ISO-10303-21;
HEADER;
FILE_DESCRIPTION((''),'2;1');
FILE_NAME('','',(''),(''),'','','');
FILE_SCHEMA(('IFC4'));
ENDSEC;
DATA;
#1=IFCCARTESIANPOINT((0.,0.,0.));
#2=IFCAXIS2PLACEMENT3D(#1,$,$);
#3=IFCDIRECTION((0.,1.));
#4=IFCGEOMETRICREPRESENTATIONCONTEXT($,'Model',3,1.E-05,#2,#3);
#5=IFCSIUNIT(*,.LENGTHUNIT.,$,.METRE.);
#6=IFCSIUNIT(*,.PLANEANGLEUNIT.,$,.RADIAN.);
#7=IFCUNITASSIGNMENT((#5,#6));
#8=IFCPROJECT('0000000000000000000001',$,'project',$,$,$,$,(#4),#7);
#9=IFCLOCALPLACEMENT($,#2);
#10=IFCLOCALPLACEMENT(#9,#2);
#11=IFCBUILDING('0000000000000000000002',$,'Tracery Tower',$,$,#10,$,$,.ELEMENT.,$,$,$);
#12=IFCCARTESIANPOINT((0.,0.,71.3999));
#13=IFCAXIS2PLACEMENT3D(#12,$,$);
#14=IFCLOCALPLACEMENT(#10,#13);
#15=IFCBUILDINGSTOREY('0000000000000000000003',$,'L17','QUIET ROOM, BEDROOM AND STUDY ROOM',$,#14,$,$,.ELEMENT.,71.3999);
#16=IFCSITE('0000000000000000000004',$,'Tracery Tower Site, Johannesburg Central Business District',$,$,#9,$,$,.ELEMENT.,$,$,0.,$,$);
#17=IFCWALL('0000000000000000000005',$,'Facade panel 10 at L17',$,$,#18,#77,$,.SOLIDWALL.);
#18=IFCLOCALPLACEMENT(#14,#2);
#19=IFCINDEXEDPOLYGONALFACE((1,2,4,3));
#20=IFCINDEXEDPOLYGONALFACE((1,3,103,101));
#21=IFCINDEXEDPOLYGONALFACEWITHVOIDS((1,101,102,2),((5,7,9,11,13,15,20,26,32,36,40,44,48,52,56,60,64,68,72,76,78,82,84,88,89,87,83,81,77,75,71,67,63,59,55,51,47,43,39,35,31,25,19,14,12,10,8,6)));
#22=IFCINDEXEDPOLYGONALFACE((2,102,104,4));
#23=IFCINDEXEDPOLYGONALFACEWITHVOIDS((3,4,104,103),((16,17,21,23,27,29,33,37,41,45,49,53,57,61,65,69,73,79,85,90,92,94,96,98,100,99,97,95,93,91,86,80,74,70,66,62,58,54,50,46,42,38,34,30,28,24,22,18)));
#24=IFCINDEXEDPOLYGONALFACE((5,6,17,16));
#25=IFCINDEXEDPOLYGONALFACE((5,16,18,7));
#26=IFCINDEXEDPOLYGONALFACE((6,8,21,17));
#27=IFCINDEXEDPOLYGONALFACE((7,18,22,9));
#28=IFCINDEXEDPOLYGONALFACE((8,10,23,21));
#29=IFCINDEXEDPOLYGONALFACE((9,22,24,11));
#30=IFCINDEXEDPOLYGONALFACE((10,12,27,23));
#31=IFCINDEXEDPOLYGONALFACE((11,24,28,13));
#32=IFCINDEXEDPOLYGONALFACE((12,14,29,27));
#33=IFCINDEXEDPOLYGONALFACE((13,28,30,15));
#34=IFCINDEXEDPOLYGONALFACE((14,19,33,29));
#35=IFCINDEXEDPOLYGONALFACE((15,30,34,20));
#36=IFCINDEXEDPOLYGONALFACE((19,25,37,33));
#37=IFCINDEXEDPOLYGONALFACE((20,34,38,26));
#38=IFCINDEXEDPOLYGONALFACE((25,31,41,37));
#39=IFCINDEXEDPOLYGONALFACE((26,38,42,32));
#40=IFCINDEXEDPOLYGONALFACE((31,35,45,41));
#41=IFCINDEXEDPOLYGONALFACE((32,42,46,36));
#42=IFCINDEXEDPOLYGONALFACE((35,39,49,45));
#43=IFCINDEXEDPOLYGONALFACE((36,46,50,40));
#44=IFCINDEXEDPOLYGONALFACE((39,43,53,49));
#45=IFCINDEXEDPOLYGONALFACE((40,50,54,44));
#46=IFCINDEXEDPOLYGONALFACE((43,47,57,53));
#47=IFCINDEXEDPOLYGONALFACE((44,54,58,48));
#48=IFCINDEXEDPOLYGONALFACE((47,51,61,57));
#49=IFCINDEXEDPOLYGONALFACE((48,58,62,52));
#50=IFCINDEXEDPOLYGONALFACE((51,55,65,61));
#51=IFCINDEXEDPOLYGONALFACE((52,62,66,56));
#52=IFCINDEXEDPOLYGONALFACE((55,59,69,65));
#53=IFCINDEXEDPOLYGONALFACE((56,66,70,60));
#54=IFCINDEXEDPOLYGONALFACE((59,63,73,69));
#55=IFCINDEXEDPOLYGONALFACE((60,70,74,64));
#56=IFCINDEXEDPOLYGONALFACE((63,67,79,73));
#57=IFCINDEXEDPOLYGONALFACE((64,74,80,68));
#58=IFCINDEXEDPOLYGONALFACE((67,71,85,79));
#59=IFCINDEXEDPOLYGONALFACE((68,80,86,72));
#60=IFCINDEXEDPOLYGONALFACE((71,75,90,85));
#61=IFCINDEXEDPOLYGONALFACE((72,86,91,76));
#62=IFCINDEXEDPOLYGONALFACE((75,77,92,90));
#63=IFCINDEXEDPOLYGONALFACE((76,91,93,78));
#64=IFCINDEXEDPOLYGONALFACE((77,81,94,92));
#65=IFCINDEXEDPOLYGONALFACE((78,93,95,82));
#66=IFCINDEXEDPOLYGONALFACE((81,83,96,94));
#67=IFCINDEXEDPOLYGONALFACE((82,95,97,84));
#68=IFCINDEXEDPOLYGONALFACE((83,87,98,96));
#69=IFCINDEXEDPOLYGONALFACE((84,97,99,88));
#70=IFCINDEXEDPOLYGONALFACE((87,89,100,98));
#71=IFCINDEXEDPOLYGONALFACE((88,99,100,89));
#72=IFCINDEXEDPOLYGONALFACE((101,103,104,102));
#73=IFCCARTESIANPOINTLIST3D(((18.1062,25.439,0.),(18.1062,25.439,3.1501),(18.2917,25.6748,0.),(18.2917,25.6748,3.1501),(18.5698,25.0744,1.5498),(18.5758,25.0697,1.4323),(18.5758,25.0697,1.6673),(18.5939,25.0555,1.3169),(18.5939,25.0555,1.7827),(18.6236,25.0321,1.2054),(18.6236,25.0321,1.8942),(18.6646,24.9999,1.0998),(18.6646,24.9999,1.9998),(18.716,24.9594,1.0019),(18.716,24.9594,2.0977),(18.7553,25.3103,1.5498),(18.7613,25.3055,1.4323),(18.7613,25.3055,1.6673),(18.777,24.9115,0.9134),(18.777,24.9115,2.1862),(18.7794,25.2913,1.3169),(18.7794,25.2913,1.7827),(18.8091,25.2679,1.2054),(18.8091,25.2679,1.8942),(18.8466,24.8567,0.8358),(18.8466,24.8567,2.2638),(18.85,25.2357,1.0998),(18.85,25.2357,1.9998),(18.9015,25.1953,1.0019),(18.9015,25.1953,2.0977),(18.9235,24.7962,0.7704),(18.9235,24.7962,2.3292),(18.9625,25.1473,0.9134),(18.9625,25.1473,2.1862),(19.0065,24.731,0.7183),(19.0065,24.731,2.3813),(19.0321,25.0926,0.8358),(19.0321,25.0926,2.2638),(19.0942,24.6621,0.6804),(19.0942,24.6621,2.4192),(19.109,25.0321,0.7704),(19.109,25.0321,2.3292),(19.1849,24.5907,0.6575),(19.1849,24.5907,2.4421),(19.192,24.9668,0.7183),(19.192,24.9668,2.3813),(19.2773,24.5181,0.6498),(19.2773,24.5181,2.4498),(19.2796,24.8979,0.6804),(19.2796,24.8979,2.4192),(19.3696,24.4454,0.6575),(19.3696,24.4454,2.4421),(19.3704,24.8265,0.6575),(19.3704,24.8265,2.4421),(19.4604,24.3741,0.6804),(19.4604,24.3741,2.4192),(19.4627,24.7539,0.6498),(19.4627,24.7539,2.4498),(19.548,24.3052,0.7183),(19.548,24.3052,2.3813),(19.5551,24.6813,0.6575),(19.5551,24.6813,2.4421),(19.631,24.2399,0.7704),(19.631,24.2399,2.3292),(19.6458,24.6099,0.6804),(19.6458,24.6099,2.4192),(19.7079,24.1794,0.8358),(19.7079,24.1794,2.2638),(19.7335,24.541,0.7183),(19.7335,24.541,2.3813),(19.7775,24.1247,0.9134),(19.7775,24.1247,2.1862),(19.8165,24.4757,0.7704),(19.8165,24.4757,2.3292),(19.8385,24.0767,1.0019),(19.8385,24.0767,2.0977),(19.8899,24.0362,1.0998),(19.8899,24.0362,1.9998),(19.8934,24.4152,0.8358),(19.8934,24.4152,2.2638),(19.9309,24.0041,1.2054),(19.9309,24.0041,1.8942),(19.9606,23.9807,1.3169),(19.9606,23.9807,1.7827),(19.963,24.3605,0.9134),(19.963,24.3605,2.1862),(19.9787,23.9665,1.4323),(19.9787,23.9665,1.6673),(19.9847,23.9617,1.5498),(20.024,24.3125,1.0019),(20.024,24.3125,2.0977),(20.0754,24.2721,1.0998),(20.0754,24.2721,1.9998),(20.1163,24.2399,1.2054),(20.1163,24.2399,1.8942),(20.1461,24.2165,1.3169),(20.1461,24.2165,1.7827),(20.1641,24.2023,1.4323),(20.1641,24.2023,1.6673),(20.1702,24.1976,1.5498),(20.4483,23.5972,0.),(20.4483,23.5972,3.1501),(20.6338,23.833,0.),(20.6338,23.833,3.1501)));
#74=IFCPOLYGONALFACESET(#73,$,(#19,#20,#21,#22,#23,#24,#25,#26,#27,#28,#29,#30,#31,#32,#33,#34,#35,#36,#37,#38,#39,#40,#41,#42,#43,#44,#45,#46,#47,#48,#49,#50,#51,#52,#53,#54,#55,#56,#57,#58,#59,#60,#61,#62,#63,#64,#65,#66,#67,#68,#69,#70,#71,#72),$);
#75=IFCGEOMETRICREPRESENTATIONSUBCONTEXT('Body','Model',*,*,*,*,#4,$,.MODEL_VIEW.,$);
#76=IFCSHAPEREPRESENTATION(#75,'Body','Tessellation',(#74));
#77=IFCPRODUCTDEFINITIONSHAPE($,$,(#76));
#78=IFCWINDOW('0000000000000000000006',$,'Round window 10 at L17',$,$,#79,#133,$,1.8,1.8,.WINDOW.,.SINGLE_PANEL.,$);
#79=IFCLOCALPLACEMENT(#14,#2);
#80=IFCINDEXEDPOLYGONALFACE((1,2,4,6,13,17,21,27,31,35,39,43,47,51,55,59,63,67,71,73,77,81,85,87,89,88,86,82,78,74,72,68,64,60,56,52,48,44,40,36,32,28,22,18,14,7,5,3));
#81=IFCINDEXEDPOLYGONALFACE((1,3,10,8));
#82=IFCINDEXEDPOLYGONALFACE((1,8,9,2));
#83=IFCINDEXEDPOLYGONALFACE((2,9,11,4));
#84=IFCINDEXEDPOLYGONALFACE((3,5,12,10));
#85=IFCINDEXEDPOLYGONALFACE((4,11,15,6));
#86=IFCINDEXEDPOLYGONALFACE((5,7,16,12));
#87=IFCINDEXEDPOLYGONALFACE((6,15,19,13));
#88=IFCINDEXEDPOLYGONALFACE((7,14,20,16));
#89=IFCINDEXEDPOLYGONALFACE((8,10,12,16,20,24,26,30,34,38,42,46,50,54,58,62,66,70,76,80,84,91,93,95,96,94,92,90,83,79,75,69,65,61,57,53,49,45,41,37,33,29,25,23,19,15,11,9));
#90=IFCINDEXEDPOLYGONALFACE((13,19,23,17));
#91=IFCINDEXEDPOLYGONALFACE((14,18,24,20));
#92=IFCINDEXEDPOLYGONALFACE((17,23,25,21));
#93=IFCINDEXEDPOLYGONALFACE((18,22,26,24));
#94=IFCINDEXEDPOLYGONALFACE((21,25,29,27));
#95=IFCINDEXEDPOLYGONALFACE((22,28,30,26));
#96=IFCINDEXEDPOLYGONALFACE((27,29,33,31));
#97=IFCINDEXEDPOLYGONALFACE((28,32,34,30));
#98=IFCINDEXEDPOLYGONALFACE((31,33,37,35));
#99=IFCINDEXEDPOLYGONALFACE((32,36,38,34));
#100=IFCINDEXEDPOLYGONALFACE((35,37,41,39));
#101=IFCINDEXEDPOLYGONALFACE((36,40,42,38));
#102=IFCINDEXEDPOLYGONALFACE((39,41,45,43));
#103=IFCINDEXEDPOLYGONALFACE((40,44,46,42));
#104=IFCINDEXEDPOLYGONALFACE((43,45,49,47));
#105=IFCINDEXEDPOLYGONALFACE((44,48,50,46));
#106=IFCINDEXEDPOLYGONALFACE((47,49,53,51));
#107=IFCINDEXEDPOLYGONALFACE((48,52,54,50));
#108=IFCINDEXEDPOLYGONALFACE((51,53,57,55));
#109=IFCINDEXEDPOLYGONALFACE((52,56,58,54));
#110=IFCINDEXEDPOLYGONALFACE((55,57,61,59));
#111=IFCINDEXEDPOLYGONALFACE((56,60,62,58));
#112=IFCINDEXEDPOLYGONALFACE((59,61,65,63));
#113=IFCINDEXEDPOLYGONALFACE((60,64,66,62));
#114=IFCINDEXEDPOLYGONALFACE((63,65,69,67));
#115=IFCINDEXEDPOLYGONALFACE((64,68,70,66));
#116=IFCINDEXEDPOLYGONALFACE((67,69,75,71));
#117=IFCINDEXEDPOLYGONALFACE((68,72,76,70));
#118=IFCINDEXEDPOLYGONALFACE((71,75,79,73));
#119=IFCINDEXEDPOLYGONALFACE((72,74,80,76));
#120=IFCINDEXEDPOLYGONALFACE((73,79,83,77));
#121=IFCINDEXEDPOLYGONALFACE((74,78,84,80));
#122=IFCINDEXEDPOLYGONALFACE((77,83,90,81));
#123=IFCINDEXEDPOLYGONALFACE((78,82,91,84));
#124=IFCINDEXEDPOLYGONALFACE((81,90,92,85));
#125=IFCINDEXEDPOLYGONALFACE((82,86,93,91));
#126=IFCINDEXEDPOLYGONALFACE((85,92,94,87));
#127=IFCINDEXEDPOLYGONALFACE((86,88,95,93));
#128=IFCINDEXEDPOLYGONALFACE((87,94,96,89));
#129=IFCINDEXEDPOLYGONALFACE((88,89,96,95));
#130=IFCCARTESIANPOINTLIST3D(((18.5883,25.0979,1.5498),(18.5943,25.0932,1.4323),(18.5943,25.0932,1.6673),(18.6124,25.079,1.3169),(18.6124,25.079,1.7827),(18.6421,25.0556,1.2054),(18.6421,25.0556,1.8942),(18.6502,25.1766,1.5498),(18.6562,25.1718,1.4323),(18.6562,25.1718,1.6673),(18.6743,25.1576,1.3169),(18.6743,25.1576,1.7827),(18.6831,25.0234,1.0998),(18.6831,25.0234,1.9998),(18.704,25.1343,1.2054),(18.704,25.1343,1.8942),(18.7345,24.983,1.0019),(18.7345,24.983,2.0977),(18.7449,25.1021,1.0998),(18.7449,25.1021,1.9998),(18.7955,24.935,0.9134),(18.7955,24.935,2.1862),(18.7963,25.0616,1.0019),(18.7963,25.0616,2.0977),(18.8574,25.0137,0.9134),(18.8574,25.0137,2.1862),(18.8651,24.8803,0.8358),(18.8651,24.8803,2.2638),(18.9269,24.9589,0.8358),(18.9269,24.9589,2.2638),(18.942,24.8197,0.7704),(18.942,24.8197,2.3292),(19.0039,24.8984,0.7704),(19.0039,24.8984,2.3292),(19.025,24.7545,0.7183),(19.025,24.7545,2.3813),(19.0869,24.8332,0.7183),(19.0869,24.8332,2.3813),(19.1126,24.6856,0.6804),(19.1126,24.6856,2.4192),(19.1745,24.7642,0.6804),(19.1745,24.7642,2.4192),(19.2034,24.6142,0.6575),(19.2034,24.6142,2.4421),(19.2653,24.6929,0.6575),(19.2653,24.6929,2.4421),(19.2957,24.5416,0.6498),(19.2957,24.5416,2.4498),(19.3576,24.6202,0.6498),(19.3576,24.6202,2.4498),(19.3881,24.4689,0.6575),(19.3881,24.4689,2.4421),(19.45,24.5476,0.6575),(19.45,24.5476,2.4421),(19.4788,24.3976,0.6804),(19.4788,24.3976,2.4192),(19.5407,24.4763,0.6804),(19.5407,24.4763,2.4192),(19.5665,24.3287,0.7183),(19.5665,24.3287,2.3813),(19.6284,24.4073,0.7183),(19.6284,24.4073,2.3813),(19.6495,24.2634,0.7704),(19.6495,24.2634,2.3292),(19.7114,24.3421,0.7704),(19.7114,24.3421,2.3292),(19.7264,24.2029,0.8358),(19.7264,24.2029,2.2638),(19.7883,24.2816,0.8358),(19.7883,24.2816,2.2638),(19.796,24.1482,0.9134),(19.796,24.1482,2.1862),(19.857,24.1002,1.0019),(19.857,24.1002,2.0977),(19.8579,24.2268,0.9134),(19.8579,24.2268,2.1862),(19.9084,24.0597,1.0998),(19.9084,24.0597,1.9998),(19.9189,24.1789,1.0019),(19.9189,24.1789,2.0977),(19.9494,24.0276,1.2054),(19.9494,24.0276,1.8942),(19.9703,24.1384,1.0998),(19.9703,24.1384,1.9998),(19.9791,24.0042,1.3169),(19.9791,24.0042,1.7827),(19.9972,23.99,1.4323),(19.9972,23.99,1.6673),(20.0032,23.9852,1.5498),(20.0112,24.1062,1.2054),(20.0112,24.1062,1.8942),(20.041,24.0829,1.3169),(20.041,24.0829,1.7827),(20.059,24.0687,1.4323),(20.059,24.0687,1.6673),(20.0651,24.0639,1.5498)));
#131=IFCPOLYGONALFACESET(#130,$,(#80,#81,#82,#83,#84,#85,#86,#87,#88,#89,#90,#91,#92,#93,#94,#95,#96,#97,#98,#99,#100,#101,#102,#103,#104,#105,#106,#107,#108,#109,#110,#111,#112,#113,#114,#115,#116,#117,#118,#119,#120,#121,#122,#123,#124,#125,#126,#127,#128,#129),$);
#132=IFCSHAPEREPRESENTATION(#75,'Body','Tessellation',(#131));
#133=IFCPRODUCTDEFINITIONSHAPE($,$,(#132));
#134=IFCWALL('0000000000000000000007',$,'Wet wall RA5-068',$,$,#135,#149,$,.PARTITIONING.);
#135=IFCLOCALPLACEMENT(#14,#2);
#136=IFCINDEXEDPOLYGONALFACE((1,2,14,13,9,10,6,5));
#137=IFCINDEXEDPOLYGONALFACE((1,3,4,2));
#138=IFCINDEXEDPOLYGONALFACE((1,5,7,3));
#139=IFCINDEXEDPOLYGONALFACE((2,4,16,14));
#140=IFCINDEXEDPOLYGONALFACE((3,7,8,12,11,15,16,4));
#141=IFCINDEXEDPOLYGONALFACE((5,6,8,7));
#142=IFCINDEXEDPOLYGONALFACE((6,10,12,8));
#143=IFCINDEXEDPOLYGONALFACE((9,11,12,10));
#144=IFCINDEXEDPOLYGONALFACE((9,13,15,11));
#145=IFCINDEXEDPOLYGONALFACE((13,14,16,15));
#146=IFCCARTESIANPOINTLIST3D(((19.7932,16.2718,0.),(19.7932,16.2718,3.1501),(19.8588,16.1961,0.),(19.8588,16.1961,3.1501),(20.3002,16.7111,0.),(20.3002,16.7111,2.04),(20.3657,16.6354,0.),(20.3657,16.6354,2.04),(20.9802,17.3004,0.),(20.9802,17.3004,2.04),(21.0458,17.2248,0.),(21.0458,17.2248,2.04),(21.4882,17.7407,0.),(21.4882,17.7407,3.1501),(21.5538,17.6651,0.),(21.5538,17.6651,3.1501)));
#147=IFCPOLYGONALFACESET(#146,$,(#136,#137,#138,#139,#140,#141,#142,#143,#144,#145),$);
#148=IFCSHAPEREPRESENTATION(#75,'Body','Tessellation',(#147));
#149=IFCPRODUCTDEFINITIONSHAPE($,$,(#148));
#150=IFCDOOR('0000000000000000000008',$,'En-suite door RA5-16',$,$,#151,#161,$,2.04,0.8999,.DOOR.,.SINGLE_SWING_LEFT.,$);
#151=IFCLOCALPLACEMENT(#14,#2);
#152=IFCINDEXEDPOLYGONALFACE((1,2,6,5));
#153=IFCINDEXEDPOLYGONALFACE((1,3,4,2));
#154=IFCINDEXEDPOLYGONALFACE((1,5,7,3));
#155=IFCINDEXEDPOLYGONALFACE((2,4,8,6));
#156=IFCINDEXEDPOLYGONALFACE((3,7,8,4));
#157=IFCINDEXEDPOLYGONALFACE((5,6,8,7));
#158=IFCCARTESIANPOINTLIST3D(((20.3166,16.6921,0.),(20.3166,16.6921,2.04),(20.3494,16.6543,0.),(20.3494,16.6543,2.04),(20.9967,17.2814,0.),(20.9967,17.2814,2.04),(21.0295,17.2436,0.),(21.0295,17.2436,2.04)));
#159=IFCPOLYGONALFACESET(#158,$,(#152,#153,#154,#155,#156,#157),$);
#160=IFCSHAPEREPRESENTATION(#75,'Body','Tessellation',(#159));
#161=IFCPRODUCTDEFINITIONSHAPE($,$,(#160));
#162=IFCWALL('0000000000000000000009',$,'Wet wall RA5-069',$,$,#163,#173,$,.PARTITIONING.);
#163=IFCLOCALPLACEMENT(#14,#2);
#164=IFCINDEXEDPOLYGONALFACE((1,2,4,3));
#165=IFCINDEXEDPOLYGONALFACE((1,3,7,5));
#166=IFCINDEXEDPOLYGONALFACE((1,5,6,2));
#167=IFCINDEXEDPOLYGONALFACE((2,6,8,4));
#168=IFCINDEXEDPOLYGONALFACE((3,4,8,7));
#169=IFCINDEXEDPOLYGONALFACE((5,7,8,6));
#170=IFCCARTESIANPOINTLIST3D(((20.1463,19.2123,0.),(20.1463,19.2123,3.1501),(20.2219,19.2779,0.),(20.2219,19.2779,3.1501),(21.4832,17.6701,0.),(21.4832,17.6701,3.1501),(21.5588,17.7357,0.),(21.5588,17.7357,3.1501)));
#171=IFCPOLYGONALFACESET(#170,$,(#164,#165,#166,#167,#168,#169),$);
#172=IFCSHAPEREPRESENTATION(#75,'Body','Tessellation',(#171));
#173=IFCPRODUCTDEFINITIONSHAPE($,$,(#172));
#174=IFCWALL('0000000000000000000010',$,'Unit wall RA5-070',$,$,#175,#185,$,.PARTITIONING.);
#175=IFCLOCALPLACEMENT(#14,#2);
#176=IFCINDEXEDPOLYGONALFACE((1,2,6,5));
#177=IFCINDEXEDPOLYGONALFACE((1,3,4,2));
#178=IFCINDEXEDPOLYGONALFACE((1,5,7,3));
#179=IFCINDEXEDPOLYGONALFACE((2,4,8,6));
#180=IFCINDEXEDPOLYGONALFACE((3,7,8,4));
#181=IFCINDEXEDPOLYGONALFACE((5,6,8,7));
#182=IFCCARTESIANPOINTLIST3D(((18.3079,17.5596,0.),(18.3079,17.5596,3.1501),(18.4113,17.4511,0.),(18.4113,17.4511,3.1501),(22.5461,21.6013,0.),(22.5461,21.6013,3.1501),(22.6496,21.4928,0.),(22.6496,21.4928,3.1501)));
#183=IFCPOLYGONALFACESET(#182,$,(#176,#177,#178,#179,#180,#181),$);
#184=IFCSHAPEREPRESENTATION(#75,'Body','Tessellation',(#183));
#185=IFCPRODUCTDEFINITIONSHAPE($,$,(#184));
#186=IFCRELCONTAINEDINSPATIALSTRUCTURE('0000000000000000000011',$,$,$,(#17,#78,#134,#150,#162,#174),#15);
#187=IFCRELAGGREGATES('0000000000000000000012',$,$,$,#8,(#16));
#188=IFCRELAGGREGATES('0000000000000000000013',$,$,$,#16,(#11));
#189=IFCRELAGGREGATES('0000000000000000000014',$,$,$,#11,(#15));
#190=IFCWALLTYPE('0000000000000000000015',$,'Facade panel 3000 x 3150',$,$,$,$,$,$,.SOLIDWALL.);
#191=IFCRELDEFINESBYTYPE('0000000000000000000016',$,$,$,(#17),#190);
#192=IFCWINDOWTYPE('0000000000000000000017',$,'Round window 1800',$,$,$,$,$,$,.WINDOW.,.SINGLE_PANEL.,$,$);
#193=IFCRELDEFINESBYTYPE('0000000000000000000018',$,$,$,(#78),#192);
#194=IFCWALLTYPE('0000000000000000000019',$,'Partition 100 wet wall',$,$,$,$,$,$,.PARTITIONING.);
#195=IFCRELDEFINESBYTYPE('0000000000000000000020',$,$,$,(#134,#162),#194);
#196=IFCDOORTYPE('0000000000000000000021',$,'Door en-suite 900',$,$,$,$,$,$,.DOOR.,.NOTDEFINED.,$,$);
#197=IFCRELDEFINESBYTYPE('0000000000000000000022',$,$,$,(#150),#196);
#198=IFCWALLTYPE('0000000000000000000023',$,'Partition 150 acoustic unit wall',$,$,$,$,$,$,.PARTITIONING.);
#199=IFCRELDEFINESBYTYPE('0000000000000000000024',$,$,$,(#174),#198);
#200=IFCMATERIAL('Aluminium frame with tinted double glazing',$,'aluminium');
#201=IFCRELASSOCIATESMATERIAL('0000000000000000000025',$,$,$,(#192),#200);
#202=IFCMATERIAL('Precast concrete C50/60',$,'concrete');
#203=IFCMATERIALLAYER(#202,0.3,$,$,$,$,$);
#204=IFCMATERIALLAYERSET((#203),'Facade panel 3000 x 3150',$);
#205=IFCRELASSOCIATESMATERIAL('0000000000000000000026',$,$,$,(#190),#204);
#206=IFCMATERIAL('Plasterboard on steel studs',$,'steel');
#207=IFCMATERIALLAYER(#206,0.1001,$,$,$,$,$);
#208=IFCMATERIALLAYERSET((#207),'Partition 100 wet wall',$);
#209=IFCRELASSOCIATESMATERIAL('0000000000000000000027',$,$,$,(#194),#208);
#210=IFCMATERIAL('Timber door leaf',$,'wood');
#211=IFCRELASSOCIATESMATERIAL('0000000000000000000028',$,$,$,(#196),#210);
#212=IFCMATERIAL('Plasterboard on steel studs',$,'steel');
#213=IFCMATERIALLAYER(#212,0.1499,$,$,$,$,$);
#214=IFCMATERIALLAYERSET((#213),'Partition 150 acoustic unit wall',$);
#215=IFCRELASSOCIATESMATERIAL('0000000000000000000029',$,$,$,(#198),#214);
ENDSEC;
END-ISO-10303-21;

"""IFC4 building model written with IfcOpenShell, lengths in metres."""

from ifc_helpers import new_model, si_unit, direction, frame, frame_2d, origin, origin_2d, place, context, subcontext, project, spatial, rectangle, circle, extrude, material, layer, layer_set, type_object, element, fill, save


model = new_model("IFC4")

# Units and contexts
model_context = context("Model", 3, precision=1e-05, world=origin(), true_north=direction((0.0, 1.0)))
body_context = subcontext(model_context, "Body", "Model", "MODEL_VIEW")
ifc_project = project(units=[si_unit("LENGTHUNIT", "METRE"), si_unit("PLANEANGLEUNIT", "RADIAN")], contexts=[model_context])

# Site, building, storey
site_placement = place(None, origin())
site = spatial("IfcSite", under=ifc_project, at=site_placement, Name="Tracery Tower Site, Johannesburg Central Business District", CompositionType="ELEMENT", RefElevation=0.0)
building_placement = place(site_placement, origin())
building = spatial("IfcBuilding", under=site, at=building_placement, Name="Tracery Tower", CompositionType="ELEMENT")
storey_placement = place(building_placement, frame((0.0, 0.0, 71.3999)))
storey = spatial("IfcBuildingStorey", under=building, at=storey_placement, Name="L17", Description="QUIET ROOM, BEDROOM AND STUDY ROOM", CompositionType="ELEMENT", Elevation=71.3999)

# Wall, opening, window
ifc_material_1 = material(Name="Aluminium frame with tinted double glazing", Category="aluminium")
window_type = type_object("IfcWindowType", Name="Round window 1800", PartitioningType="SINGLE_PANEL", PredefinedType="WINDOW", material=ifc_material_1)
ifc_material_2 = material(Name="Precast concrete C50/60", Category="concrete")
ifc_layer_1 = layer(ifc_material_2, 0.3)
ifc_layer_set_1 = layer_set([ifc_layer_1], Name="Facade panel 3000 x 3150")
wall_type_1 = type_object("IfcWallType", Name="Facade panel 3000 x 3150", PredefinedType="SOLIDWALL", material=ifc_layer_set_1)
wall_1_placement = place(storey_placement, frame((20.541, 23.7151, 0.0), z_axis=(0.0, 0.0, 1.0), x_axis=(-0.786054, 0.618158, 0.0)))
wall_1 = element("IfcWall", 1, at=wall_1_placement, inside=storey, type_object=wall_type_1, Name="Facade panel 10 at L17", PredefinedType="SOLIDWALL", context=body_context, shape_type="SweptSolid", body=[
    extrude(rectangle(XDim=2.9795, YDim=0.3, at=frame_2d((1.4897, 0.0))), origin(), (0.0, 0.0, 1.0), 3.1501),
])
opening_1_placement = place(wall_1_placement, frame((1.4897, 0.0, 1.5498)))
opening_1 = element("IfcOpeningElement", 2, at=opening_1_placement, cuts=wall_1, PredefinedType="OPENING", context=body_context, shape_type="SweptSolid", body=[
    extrude(circle(Radius=0.9, at=origin_2d()), frame((0.0, 0.1599, 0.0), z_axis=(0.0, -1.0, 0.0), x_axis=(1.0, 0.0, 0.0)), (0.0, 0.0, 1.0), 0.3201),
])
window_1_placement = place(opening_1_placement, origin())
window_1 = element("IfcWindow", 3, at=window_1_placement, inside=storey, type_object=window_type, Name="Round window 10 at L17", OverallHeight=1.8, OverallWidth=1.8, PartitioningType="SINGLE_PANEL", PredefinedType="WINDOW", context=body_context, shape_type="SweptSolid", body=[
    extrude(circle(Radius=0.9, at=origin_2d()), frame((0.0, 0.1201, 0.0), z_axis=(0.0, -1.0, 0.0), x_axis=(1.0, 0.0, 0.0)), (0.0, 0.0, 1.0), 0.1001),
])
fill(opening_1, window_1)

# Wall, opening, door
ifc_material_3 = material(Name="Plasterboard on steel studs", Category="steel")
ifc_layer_2 = layer(ifc_material_3, 0.1001)
ifc_layer_set_2 = layer_set([ifc_layer_2], Name="Partition 100 wet wall")
wall_type_2 = type_object("IfcWallType", Name="Partition 100 wet wall", PredefinedType="PARTITIONING", material=ifc_layer_set_2)
wall_2_placement = place(storey_placement, frame((19.8259, 16.2339, 0.0), z_axis=(0.0, 0.0, 1.0), x_axis=(0.755703, 0.654914, 0.0)))
wall_2 = element("IfcWall", 4, at=wall_2_placement, inside=storey, type_object=wall_type_2, Name="Wet wall RA5-068", PredefinedType="PARTITIONING", context=body_context, shape_type="SweptSolid", body=[
    extrude(rectangle(XDim=2.2429, YDim=0.1001, at=frame_2d((1.1216, 0.0))), origin(), (0.0, 0.0, 1.0), 3.1501),
])
opening_2_placement = place(wall_2_placement, frame((0.6709, 0.0, 0.0)))
opening_2 = element("IfcOpeningElement", 5, at=opening_2_placement, cuts=wall_2, PredefinedType="OPENING", context=body_context, shape_type="SweptSolid", body=[
    extrude(rectangle(XDim=0.8999, YDim=2.04, at=frame_2d((0.45, 1.02))), frame((0.0, 0.05, 0.0), z_axis=(0.0, -1.0, 0.0), x_axis=(1.0, 0.0, 0.0)), (0.0, 0.0, 1.0), 0.1001),
])
ifc_material_4 = material(Name="Timber door leaf", Category="wood")
door_type = type_object("IfcDoorType", Name="Door en-suite 900", OperationType="NOTDEFINED", PredefinedType="DOOR", material=ifc_material_4)
door_placement = place(opening_2_placement, origin())
door = element("IfcDoor", 6, at=door_placement, inside=storey, type_object=door_type, Name="En-suite door RA5-16", OperationType="SINGLE_SWING_LEFT", OverallHeight=2.04, OverallWidth=0.8999, PredefinedType="DOOR", context=body_context, shape_type="SweptSolid", body=[
    extrude(rectangle(XDim=0.8999, YDim=2.04, at=frame_2d((0.45, 1.02))), frame((0.0, 0.0249, 0.0), z_axis=(0.0, -1.0, 0.0), x_axis=(1.0, 0.0, 0.0)), (0.0, 0.0, 1.0), 0.05),
])
fill(opening_2, door)

# Walls
wall_3_placement = place(storey_placement, frame((20.1841, 19.2451, 0.0), z_axis=(0.0, 0.0, 1.0), x_axis=(0.655017, -0.755614, 0.0)))
element("IfcWall", 7, at=wall_3_placement, inside=storey, type_object=wall_type_2, Name="Wet wall RA5-069", PredefinedType="PARTITIONING", context=body_context, shape_type="SweptSolid", body=[
    extrude(rectangle(XDim=2.041, YDim=0.1001, at=frame_2d((1.0205, 0.0))), origin(), (0.0, 0.0, 1.0), 3.1501),
])
ifc_material_5 = material(Name="Plasterboard on steel studs", Category="steel")
ifc_layer_3 = layer(ifc_material_5, 0.1499)
ifc_layer_set_3 = layer_set([ifc_layer_3], Name="Partition 150 acoustic unit wall")
wall_type_3 = type_object("IfcWallType", Name="Partition 150 acoustic unit wall", PredefinedType="PARTITIONING", material=ifc_layer_set_3)
wall_4_placement = place(storey_placement, frame((18.3596, 17.5054, 0.0), z_axis=(0.0, 0.0, 1.0), x_axis=(0.723687, 0.690129, 0.0)))
element("IfcWall", 8, at=wall_4_placement, inside=storey, type_object=wall_type_3, Name="Unit wall RA5-070", PredefinedType="PARTITIONING", context=body_context, shape_type="SweptSolid", body=[
    extrude(rectangle(XDim=5.8564, YDim=0.1499, at=frame_2d((2.9282, 0.0))), origin(), (0.0, 0.0, 1.0), 3.1501),
])

save(model, "model.ifc")
